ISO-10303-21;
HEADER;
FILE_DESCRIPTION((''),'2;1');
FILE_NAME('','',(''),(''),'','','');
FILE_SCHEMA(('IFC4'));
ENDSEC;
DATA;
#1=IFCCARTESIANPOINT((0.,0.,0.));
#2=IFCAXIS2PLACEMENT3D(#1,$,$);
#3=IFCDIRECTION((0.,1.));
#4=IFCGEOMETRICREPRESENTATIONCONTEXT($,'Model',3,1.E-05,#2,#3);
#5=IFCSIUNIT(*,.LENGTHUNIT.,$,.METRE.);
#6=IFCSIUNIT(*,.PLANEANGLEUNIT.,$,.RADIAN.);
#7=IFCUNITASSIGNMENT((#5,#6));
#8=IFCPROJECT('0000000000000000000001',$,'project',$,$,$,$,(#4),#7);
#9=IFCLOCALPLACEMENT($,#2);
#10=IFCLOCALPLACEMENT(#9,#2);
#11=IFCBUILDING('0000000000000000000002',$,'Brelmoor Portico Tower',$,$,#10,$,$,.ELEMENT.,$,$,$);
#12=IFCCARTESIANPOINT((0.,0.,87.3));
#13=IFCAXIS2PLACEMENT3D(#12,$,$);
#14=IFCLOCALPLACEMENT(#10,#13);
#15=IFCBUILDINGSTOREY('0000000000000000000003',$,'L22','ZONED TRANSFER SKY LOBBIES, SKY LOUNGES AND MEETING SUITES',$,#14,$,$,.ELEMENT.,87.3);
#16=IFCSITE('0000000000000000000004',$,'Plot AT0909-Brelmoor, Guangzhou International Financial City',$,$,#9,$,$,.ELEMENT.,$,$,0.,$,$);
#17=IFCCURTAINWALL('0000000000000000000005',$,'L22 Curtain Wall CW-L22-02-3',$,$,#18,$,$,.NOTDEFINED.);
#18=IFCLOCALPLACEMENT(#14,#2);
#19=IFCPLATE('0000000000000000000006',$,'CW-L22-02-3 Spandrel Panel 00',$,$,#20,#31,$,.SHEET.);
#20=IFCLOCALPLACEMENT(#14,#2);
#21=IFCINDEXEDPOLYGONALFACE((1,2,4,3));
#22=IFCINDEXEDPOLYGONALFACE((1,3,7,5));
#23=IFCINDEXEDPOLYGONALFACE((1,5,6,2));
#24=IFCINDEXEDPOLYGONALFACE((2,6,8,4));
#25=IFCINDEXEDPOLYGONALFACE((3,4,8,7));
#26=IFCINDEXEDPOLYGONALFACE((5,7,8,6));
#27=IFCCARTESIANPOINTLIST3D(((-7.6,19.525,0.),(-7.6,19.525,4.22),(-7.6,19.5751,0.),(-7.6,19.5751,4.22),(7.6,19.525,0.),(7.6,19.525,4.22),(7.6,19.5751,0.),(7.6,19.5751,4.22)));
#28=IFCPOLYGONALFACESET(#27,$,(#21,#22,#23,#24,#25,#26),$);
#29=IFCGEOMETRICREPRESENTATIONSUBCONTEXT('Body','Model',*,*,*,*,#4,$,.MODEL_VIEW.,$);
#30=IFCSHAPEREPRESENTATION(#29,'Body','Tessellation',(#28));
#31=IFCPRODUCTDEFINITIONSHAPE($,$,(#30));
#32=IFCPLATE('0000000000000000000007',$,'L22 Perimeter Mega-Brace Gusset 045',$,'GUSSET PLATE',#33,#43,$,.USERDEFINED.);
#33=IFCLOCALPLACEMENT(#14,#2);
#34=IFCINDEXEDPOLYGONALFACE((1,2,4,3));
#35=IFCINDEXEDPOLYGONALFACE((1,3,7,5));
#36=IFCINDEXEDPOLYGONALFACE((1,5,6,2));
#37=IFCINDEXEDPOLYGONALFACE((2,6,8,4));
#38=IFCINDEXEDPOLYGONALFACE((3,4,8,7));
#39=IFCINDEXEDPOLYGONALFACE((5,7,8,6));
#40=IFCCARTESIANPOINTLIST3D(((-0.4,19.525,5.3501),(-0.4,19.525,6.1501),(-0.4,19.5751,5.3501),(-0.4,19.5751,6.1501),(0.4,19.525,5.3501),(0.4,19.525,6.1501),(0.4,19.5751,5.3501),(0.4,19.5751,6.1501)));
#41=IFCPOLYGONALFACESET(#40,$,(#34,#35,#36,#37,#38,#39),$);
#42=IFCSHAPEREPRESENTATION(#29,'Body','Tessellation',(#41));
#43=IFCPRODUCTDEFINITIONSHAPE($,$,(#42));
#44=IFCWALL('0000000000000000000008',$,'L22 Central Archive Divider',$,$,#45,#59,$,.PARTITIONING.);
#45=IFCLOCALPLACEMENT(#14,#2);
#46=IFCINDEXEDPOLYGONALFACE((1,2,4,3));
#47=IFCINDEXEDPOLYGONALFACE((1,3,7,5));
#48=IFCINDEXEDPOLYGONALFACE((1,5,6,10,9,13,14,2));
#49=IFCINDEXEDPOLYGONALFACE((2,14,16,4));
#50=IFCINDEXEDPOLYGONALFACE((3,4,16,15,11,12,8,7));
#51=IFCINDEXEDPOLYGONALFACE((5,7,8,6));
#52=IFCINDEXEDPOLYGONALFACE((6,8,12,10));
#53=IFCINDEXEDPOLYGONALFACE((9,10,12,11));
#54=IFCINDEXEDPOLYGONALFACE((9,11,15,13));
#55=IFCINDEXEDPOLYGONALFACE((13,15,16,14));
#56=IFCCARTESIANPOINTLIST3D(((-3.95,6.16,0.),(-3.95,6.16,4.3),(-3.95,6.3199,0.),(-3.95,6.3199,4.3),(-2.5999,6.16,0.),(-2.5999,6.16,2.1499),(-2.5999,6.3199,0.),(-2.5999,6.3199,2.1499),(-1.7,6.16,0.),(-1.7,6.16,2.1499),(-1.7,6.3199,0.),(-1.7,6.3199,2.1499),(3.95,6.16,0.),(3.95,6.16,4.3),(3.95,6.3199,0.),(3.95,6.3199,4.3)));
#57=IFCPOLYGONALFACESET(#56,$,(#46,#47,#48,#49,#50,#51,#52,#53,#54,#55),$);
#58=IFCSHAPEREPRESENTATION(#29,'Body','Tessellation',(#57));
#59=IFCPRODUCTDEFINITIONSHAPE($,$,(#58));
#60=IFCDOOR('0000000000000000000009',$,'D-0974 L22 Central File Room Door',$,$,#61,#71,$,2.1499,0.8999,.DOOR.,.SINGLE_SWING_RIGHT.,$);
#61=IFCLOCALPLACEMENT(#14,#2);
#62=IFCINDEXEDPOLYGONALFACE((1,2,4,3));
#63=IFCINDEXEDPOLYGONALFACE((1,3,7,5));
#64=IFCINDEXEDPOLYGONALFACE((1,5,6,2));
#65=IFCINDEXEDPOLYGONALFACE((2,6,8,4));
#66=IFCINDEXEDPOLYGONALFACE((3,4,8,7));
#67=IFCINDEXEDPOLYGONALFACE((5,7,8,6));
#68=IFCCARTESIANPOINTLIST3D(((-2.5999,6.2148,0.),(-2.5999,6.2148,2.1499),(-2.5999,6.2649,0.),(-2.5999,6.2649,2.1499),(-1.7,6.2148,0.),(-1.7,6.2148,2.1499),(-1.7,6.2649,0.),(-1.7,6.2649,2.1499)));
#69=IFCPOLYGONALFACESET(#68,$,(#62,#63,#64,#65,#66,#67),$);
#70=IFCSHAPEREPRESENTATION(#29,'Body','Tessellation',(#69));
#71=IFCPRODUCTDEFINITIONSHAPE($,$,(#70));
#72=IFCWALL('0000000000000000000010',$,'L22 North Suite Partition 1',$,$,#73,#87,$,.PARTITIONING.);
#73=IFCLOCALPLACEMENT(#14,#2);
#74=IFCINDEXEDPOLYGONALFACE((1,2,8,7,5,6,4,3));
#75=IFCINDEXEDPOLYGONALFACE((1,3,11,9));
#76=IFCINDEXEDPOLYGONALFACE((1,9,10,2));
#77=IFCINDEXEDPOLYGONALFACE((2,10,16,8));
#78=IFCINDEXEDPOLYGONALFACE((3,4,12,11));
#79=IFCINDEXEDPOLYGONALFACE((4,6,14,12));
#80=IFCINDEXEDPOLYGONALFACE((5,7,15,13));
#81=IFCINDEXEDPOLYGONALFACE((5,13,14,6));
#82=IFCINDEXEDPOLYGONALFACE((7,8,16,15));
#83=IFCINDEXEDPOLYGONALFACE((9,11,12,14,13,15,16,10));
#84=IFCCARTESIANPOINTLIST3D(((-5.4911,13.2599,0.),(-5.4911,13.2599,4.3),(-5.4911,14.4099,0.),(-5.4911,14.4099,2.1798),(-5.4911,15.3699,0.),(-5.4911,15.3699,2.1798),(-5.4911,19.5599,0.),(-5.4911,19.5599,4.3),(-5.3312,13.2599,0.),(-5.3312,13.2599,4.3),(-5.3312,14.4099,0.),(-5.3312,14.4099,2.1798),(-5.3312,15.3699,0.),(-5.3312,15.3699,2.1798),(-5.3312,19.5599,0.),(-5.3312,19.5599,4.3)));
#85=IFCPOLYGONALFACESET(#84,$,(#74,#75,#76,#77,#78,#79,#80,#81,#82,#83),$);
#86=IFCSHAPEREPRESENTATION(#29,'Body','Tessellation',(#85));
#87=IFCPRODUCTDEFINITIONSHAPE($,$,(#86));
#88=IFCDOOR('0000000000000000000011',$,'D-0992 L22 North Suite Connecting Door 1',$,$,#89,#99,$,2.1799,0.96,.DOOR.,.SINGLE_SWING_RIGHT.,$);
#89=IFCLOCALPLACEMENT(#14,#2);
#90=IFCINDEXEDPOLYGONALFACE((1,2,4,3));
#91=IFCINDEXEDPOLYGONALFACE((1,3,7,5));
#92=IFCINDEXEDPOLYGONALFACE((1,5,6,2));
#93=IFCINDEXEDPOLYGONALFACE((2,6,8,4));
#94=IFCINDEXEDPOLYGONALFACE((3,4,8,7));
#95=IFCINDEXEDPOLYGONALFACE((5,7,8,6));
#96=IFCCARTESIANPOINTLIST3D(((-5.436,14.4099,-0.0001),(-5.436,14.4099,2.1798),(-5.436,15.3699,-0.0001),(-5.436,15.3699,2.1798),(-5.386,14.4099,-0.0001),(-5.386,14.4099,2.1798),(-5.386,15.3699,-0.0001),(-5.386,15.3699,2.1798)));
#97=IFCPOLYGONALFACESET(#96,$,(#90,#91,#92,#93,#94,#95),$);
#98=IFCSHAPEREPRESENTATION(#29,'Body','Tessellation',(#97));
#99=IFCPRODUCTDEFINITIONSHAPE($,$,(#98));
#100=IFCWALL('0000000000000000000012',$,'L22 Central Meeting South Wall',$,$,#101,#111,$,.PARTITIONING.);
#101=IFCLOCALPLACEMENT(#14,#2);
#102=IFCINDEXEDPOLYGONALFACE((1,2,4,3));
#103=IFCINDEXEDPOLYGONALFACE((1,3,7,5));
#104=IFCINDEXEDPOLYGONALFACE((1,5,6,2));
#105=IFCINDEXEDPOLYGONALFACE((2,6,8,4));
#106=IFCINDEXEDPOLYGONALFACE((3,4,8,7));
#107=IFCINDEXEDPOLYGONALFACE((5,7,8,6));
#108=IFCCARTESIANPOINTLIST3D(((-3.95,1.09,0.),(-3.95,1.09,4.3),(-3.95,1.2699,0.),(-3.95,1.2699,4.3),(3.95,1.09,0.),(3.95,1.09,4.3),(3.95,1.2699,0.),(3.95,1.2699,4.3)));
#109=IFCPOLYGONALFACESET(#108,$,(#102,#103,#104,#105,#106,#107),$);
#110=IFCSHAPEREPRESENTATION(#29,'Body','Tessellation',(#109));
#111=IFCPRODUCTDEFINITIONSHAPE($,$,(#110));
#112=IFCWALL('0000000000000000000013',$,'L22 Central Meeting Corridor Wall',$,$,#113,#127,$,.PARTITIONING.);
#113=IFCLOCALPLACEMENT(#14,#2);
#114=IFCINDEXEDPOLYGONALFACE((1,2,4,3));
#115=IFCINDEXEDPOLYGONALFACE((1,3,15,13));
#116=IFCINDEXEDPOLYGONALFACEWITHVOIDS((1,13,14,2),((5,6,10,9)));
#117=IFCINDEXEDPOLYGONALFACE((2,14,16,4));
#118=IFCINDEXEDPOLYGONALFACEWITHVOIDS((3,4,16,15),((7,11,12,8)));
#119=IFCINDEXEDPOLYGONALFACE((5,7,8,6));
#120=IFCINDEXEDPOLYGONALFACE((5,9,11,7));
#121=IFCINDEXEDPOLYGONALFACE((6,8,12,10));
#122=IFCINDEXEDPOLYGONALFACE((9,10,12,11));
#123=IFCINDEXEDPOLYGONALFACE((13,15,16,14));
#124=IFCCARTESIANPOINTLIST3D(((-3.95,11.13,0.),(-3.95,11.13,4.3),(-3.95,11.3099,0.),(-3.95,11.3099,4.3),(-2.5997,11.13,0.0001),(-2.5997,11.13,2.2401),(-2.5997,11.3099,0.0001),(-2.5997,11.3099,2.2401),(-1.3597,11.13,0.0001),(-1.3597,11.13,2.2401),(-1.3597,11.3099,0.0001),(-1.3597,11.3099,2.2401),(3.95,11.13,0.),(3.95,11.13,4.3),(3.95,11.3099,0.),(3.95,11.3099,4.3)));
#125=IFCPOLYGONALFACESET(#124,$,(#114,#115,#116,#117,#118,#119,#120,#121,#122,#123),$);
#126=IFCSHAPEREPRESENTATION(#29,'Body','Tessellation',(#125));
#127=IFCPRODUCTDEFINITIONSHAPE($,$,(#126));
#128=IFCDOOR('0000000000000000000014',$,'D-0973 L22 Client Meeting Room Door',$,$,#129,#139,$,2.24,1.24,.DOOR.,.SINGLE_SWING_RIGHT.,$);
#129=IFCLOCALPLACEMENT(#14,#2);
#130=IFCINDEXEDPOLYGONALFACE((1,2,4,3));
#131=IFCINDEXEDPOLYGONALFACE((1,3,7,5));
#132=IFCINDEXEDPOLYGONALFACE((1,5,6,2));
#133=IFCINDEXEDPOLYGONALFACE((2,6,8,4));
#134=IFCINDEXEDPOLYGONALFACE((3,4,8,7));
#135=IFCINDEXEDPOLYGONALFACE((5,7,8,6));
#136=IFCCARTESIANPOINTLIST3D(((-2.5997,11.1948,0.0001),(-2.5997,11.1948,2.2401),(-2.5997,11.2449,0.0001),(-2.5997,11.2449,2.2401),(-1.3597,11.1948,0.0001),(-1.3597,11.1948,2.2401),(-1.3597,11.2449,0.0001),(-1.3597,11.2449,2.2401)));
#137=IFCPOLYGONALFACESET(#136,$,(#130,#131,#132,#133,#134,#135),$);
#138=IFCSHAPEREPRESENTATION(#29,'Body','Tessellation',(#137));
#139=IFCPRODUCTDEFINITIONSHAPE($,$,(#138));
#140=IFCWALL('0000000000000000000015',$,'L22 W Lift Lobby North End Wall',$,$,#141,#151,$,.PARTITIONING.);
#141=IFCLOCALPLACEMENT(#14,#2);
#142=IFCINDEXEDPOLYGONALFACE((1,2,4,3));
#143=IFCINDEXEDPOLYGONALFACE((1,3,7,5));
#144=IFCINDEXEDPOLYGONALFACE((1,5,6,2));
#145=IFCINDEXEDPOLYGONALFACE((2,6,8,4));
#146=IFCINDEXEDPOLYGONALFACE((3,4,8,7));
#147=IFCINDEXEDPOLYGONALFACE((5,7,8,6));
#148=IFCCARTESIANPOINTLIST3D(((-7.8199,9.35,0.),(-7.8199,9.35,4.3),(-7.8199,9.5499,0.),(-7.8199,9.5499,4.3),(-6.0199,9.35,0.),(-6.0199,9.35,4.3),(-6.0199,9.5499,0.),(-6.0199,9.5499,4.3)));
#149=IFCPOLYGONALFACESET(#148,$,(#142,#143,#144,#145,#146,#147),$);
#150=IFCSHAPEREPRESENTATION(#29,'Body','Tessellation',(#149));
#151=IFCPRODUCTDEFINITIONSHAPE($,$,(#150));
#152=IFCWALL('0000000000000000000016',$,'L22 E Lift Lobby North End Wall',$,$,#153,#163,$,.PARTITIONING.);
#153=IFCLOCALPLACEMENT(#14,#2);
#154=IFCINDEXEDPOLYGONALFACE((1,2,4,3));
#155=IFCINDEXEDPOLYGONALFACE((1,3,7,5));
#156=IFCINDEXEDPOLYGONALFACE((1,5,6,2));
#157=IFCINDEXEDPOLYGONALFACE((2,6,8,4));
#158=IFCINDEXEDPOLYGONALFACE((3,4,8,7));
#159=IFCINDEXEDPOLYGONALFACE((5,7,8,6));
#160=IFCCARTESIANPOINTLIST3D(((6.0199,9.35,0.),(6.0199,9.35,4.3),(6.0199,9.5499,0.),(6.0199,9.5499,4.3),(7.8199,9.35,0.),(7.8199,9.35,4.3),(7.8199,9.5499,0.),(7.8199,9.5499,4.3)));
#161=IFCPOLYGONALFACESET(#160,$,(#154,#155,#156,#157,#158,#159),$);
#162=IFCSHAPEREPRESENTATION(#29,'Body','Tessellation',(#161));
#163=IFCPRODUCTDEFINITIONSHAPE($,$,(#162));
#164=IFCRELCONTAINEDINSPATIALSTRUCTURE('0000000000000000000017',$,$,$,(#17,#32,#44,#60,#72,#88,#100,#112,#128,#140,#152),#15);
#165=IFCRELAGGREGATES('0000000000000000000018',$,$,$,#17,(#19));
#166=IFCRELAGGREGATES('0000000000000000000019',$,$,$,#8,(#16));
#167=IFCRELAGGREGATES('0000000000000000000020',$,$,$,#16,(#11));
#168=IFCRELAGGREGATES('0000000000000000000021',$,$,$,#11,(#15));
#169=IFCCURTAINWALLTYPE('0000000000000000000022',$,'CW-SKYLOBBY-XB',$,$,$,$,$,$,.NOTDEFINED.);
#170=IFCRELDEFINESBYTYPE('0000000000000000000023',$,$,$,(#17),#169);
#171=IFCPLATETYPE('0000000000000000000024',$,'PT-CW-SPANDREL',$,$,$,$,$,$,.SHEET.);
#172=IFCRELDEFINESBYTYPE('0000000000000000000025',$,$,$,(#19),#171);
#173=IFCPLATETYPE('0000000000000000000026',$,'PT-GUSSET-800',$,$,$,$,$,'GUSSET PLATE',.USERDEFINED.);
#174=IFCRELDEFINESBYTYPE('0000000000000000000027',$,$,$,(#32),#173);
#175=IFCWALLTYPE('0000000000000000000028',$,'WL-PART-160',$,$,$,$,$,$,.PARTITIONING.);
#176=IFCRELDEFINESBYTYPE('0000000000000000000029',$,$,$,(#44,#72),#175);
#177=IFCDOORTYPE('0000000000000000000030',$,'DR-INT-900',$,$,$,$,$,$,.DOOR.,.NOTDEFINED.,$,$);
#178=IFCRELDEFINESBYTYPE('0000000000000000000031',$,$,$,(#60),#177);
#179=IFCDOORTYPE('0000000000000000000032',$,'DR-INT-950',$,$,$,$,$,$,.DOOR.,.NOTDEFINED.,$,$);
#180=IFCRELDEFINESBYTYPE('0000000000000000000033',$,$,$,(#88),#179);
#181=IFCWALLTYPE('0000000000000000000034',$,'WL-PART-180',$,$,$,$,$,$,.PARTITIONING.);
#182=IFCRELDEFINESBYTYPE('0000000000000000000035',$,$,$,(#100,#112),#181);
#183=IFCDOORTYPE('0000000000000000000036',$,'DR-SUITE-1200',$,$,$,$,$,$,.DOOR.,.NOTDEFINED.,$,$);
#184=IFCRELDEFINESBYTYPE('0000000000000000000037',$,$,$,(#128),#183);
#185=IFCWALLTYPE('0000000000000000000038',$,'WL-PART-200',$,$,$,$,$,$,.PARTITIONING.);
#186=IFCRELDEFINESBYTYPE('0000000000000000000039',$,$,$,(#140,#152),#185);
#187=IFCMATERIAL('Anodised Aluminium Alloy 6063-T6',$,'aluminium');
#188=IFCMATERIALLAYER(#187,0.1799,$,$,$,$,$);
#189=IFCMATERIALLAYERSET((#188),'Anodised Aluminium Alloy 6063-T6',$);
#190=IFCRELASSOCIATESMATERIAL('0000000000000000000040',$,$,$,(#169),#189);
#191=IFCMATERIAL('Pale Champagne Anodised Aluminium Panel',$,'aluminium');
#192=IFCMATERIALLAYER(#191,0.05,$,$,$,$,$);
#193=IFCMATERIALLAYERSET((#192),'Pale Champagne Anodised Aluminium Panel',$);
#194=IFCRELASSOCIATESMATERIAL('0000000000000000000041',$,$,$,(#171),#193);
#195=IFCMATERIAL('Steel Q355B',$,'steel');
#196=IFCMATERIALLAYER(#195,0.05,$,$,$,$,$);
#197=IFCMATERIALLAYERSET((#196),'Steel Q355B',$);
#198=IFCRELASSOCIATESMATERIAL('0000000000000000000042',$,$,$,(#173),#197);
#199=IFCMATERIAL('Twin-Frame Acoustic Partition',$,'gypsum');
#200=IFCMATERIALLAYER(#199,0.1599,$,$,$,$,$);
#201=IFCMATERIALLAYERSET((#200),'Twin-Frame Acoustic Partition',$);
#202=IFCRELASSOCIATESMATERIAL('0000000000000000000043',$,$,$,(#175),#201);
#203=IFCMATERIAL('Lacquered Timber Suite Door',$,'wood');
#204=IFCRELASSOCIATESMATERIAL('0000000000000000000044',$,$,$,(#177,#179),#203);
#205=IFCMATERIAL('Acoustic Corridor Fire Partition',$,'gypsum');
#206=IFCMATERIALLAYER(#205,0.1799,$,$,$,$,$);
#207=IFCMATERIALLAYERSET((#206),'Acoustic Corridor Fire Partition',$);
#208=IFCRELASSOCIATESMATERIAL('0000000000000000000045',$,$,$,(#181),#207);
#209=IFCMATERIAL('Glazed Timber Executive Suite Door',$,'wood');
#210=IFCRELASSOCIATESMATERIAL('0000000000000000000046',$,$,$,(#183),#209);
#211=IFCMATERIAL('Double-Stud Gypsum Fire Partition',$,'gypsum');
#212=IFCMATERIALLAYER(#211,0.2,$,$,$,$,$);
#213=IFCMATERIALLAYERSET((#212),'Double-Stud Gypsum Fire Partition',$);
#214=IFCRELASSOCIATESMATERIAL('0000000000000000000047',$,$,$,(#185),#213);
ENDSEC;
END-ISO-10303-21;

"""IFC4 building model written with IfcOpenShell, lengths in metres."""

from ifc_helpers import new_model, si_unit, direction, frame, frame_2d, origin, origin_2d, place, context, subcontext, project, spatial, rectangle, extrude, material, layer, layer_set, type_object, element, fill, aggregate, save


model = new_model("IFC4")

# Units and contexts
model_context = context("Model", 3, precision=1e-05, world=origin(), true_north=direction((0.0, 1.0)))
body_context = subcontext(model_context, "Body", "Model", "MODEL_VIEW")
ifc_project = project(units=[si_unit("LENGTHUNIT", "METRE"), si_unit("PLANEANGLEUNIT", "RADIAN")], contexts=[model_context])

# Site, building, storey
site_placement = place(None, origin())
site = spatial("IfcSite", under=ifc_project, at=site_placement, Name="Plot AT0909-Brelmoor, Guangzhou International Financial City", CompositionType="ELEMENT", RefElevation=0.0)
building_placement = place(site_placement, origin())
building = spatial("IfcBuilding", under=site, at=building_placement, Name="Brelmoor Portico Tower", CompositionType="ELEMENT")
storey_placement = place(building_placement, frame((0.0, 0.0, 87.3)))
storey = spatial("IfcBuildingStorey", under=building, at=storey_placement, Name="L22", Description="ZONED TRANSFER SKY LOBBIES, SKY LOUNGES AND MEETING SUITES", CompositionType="ELEMENT", Elevation=87.3)

# Shared definitions
ifc_material_1 = material(Name="Steel Q355B", Category="steel")

# Curtain wall, plate
ifc_material_2 = material(Name="Anodised Aluminium Alloy 6063-T6", Category="aluminium")
ifc_layer_1 = layer(ifc_material_2, 0.1799)
ifc_layer_set_1 = layer_set([ifc_layer_1], Name="Anodised Aluminium Alloy 6063-T6")
curtain_wall_type = type_object("IfcCurtainWallType", Name="CW-SKYLOBBY-XB", PredefinedType="NOTDEFINED", material=ifc_layer_set_1)
curtain_wall_placement = place(storey_placement, origin())
curtain_wall = element("IfcCurtainWall", 1, at=curtain_wall_placement, inside=storey, type_object=curtain_wall_type, Name="L22 Curtain Wall CW-L22-02-3", PredefinedType="NOTDEFINED")
ifc_material_3 = material(Name="Pale Champagne Anodised Aluminium Panel", Category="aluminium")
ifc_layer_2 = layer(ifc_material_3, 0.05)
ifc_layer_set_2 = layer_set([ifc_layer_2], Name="Pale Champagne Anodised Aluminium Panel")
plate_type_1 = type_object("IfcPlateType", Name="PT-CW-SPANDREL", PredefinedType="SHEET", material=ifc_layer_set_2)
plate_1_placement = place(storey_placement, frame((0.0, 19.55, 0.0), z_axis=(0.0, 0.0, 1.0), x_axis=(1.0, 0.0, 0.0)))
plate_1 = element("IfcPlate", 2, at=plate_1_placement, type_object=plate_type_1, Name="CW-L22-02-3 Spandrel Panel 00", PredefinedType="SHEET", context=body_context, shape_type="SweptSolid", body=[
    extrude(rectangle(XDim=15.2, YDim=0.05, at=origin_2d()), origin(), (0.0, 0.0, 1.0), 4.22),
])
aggregate(curtain_wall, [plate_1])

# Plate
ifc_layer_3 = layer(ifc_material_1, 0.05)
ifc_layer_set_3 = layer_set([ifc_layer_3], Name="Steel Q355B")
plate_type_2 = type_object("IfcPlateType", Name="PT-GUSSET-800", ElementType="GUSSET PLATE", PredefinedType="USERDEFINED", material=ifc_layer_set_3)
plate_2_placement = place(storey_placement, frame((0.0, 19.55, 5.3501), z_axis=(0.0, 0.0, 1.0), x_axis=(1.0, 0.0, 0.0)))
element("IfcPlate", 3, at=plate_2_placement, inside=storey, type_object=plate_type_2, Name="L22 Perimeter Mega-Brace Gusset 045", ObjectType="GUSSET PLATE", PredefinedType="USERDEFINED", context=body_context, shape_type="SweptSolid", body=[
    extrude(rectangle(XDim=0.8, YDim=0.05, at=origin_2d()), origin(), (0.0, 0.0, 1.0), 0.8),
])

# Walls, openings, doors
ifc_material_4 = material(Name="Twin-Frame Acoustic Partition", Category="gypsum")
ifc_layer_4 = layer(ifc_material_4, 0.1599)
ifc_layer_set_4 = layer_set([ifc_layer_4], Name="Twin-Frame Acoustic Partition")
wall_type_1 = type_object("IfcWallType", Name="WL-PART-160", PredefinedType="PARTITIONING", material=ifc_layer_set_4)
wall_1_placement = place(storey_placement, frame((-3.95, 6.24, 0.0), z_axis=(0.0, 0.0, 1.0), x_axis=(1.0, 0.0, 0.0)))
wall_1 = element("IfcWall", 4, at=wall_1_placement, inside=storey, type_object=wall_type_1, Name="L22 Central Archive Divider", PredefinedType="PARTITIONING", context=body_context, shape_type="SweptSolid", body=[
    extrude(rectangle(XDim=7.8999, YDim=0.1599, at=frame_2d((3.95, 0.0))), origin(), (0.0, 0.0, 1.0), 4.3),
])
opening_1_placement = place(wall_1_placement, frame((1.3501, 0.0, 0.0)))
opening_1 = element("IfcOpeningElement", 5, at=opening_1_placement, cuts=wall_1, PredefinedType="OPENING", context=body_context, shape_type="SweptSolid", body=[
    extrude(rectangle(XDim=0.8999, YDim=2.1499, at=frame_2d((0.45, 1.075))), frame((0.0, 0.0898, 0.0), z_axis=(0.0, -1.0, 0.0), x_axis=(1.0, 0.0, 0.0)), (0.0, 0.0, 1.0), 0.1799),
])
ifc_material_5 = material(Name="Lacquered Timber Suite Door", Category="wood")
door_type_1 = type_object("IfcDoorType", Name="DR-INT-900", OperationType="NOTDEFINED", PredefinedType="DOOR", material=ifc_material_5)
door_1_placement = place(opening_1_placement, origin())
door_1 = element("IfcDoor", 6, at=door_1_placement, inside=storey, type_object=door_type_1, Name="D-0974 L22 Central File Room Door", OperationType="SINGLE_SWING_RIGHT", OverallHeight=2.1499, OverallWidth=0.8999, PredefinedType="DOOR", context=body_context, shape_type="SweptSolid", body=[
    extrude(rectangle(XDim=0.8999, YDim=2.1499, at=frame_2d((0.45, 1.075))), frame((0.0, 0.0249, 0.0), z_axis=(0.0, -1.0, 0.0), x_axis=(1.0, 0.0, 0.0)), (0.0, 0.0, 1.0), 0.05),
])
fill(opening_1, door_1)
wall_2_placement = place(storey_placement, frame((-5.4111, 13.26, 0.0), z_axis=(0.0, 0.0, 1.0), x_axis=(0.0, 1.0, 0.0)))
wall_2 = element("IfcWall", 7, at=wall_2_placement, inside=storey, type_object=wall_type_1, Name="L22 North Suite Partition 1", PredefinedType="PARTITIONING", context=body_context, shape_type="SweptSolid", body=[
    extrude(rectangle(XDim=6.3, YDim=0.1599, at=frame_2d((3.1499, 0.0))), origin(), (0.0, 0.0, 1.0), 4.3),
])
opening_2_placement = place(wall_2_placement, frame((1.1499, 0.0, 0.0)))
opening_2 = element("IfcOpeningElement", 8, at=opening_2_placement, cuts=wall_2, PredefinedType="OPENING", context=body_context, shape_type="SweptSolid", body=[
    extrude(rectangle(XDim=0.96, YDim=2.1799, at=frame_2d((0.48, 1.0898))), frame((0.0, 0.0898, 0.0), z_axis=(0.0, -1.0, 0.0), x_axis=(1.0, 0.0, 0.0)), (0.0, 0.0, 1.0), 0.1799),
])
door_type_2 = type_object("IfcDoorType", Name="DR-INT-950", OperationType="NOTDEFINED", PredefinedType="DOOR", material=ifc_material_5)
door_2_placement = place(opening_2_placement, origin())
door_2 = element("IfcDoor", 9, at=door_2_placement, inside=storey, type_object=door_type_2, Name="D-0992 L22 North Suite Connecting Door 1", OperationType="SINGLE_SWING_RIGHT", OverallHeight=2.1799, OverallWidth=0.96, PredefinedType="DOOR", context=body_context, shape_type="SweptSolid", body=[
    extrude(rectangle(XDim=0.96, YDim=2.1799, at=frame_2d((0.48, 1.0898))), frame((0.0, 0.0249, 0.0), z_axis=(0.0, -1.0, 0.0), x_axis=(1.0, 0.0, 0.0)), (0.0, 0.0, 1.0), 0.05),
])
fill(opening_2, door_2)

# Wall
ifc_material_6 = material(Name="Acoustic Corridor Fire Partition", Category="gypsum")
ifc_layer_5 = layer(ifc_material_6, 0.1799)
ifc_layer_set_5 = layer_set([ifc_layer_5], Name="Acoustic Corridor Fire Partition")
wall_type_2 = type_object("IfcWallType", Name="WL-PART-180", PredefinedType="PARTITIONING", material=ifc_layer_set_5)
wall_3_placement = place(storey_placement, frame((-3.95, 1.1799, 0.0), z_axis=(0.0, 0.0, 1.0), x_axis=(1.0, 0.0, 0.0)))
element("IfcWall", 10, at=wall_3_placement, inside=storey, type_object=wall_type_2, Name="L22 Central Meeting South Wall", PredefinedType="PARTITIONING", context=body_context, shape_type="SweptSolid", body=[
    extrude(rectangle(XDim=7.8999, YDim=0.1799, at=frame_2d((3.95, 0.0))), origin(), (0.0, 0.0, 1.0), 4.3),
])

# Wall, opening, door
wall_4_placement = place(storey_placement, frame((-3.95, 11.22, 0.0), z_axis=(0.0, 0.0, 1.0), x_axis=(1.0, 0.0, 0.0)))
wall_4 = element("IfcWall", 11, at=wall_4_placement, inside=storey, type_object=wall_type_2, Name="L22 Central Meeting Corridor Wall", PredefinedType="PARTITIONING", context=body_context, shape_type="SweptSolid", body=[
    extrude(rectangle(XDim=7.8999, YDim=0.1799, at=frame_2d((3.95, 0.0))), origin(), (0.0, 0.0, 1.0), 4.3),
])
opening_3_placement = place(wall_4_placement, frame((1.3501, 0.0, 0.0)))
opening_3 = element("IfcOpeningElement", 12, at=opening_3_placement, cuts=wall_4, PredefinedType="OPENING", context=body_context, shape_type="SweptSolid", body=[
    extrude(rectangle(XDim=1.24, YDim=2.24, at=frame_2d((0.6201, 1.1201))), frame((0.0, 0.0999, 0.0), z_axis=(0.0, -1.0, 0.0), x_axis=(1.0, 0.0, 0.0)), (0.0, 0.0, 1.0), 0.2),
])
ifc_material_7 = material(Name="Glazed Timber Executive Suite Door", Category="wood")
door_type_3 = type_object("IfcDoorType", Name="DR-SUITE-1200", OperationType="NOTDEFINED", PredefinedType="DOOR", material=ifc_material_7)
door_3_placement = place(opening_3_placement, origin())
door_3 = element("IfcDoor", 13, at=door_3_placement, inside=storey, type_object=door_type_3, Name="D-0973 L22 Client Meeting Room Door", OperationType="SINGLE_SWING_RIGHT", OverallHeight=2.24, OverallWidth=1.24, PredefinedType="DOOR", context=body_context, shape_type="SweptSolid", body=[
    extrude(rectangle(XDim=1.24, YDim=2.24, at=frame_2d((0.6201, 1.1201))), frame((0.0, 0.0249, 0.0), z_axis=(0.0, -1.0, 0.0), x_axis=(1.0, 0.0, 0.0)), (0.0, 0.0, 1.0), 0.05),
])
fill(opening_3, door_3)

# Walls
ifc_material_8 = material(Name="Double-Stud Gypsum Fire Partition", Category="gypsum")
ifc_layer_6 = layer(ifc_material_8, 0.2)
ifc_layer_set_6 = layer_set([ifc_layer_6], Name="Double-Stud Gypsum Fire Partition")
wall_type_3 = type_object("IfcWallType", Name="WL-PART-200", PredefinedType="PARTITIONING", material=ifc_layer_set_6)
for number, where, z_axis, x_axis, name in (
    (14, (-6.02, 9.45, 0.0), (0.0, 0.0, 1.0), (-1.0, 0.0, 0.0), "L22 W Lift Lobby North End Wall"),
    (15, (6.02, 9.45, 0.0), (0.0, 0.0, 1.0), (1.0, 0.0, 0.0), "L22 E Lift Lobby North End Wall"),
):
    element("IfcWall", number, at=place(storey_placement, frame(where, z_axis=z_axis, x_axis=x_axis)), inside=storey, type_object=wall_type_3, Name=name, PredefinedType="PARTITIONING", context=body_context, shape_type="SweptSolid", body=[
        extrude(rectangle(XDim=1.8, YDim=0.2, at=frame_2d((0.8999, 0.0))), origin(), (0.0, 0.0, 1.0), 4.3),
    ])

save(model, "model.ifc")
